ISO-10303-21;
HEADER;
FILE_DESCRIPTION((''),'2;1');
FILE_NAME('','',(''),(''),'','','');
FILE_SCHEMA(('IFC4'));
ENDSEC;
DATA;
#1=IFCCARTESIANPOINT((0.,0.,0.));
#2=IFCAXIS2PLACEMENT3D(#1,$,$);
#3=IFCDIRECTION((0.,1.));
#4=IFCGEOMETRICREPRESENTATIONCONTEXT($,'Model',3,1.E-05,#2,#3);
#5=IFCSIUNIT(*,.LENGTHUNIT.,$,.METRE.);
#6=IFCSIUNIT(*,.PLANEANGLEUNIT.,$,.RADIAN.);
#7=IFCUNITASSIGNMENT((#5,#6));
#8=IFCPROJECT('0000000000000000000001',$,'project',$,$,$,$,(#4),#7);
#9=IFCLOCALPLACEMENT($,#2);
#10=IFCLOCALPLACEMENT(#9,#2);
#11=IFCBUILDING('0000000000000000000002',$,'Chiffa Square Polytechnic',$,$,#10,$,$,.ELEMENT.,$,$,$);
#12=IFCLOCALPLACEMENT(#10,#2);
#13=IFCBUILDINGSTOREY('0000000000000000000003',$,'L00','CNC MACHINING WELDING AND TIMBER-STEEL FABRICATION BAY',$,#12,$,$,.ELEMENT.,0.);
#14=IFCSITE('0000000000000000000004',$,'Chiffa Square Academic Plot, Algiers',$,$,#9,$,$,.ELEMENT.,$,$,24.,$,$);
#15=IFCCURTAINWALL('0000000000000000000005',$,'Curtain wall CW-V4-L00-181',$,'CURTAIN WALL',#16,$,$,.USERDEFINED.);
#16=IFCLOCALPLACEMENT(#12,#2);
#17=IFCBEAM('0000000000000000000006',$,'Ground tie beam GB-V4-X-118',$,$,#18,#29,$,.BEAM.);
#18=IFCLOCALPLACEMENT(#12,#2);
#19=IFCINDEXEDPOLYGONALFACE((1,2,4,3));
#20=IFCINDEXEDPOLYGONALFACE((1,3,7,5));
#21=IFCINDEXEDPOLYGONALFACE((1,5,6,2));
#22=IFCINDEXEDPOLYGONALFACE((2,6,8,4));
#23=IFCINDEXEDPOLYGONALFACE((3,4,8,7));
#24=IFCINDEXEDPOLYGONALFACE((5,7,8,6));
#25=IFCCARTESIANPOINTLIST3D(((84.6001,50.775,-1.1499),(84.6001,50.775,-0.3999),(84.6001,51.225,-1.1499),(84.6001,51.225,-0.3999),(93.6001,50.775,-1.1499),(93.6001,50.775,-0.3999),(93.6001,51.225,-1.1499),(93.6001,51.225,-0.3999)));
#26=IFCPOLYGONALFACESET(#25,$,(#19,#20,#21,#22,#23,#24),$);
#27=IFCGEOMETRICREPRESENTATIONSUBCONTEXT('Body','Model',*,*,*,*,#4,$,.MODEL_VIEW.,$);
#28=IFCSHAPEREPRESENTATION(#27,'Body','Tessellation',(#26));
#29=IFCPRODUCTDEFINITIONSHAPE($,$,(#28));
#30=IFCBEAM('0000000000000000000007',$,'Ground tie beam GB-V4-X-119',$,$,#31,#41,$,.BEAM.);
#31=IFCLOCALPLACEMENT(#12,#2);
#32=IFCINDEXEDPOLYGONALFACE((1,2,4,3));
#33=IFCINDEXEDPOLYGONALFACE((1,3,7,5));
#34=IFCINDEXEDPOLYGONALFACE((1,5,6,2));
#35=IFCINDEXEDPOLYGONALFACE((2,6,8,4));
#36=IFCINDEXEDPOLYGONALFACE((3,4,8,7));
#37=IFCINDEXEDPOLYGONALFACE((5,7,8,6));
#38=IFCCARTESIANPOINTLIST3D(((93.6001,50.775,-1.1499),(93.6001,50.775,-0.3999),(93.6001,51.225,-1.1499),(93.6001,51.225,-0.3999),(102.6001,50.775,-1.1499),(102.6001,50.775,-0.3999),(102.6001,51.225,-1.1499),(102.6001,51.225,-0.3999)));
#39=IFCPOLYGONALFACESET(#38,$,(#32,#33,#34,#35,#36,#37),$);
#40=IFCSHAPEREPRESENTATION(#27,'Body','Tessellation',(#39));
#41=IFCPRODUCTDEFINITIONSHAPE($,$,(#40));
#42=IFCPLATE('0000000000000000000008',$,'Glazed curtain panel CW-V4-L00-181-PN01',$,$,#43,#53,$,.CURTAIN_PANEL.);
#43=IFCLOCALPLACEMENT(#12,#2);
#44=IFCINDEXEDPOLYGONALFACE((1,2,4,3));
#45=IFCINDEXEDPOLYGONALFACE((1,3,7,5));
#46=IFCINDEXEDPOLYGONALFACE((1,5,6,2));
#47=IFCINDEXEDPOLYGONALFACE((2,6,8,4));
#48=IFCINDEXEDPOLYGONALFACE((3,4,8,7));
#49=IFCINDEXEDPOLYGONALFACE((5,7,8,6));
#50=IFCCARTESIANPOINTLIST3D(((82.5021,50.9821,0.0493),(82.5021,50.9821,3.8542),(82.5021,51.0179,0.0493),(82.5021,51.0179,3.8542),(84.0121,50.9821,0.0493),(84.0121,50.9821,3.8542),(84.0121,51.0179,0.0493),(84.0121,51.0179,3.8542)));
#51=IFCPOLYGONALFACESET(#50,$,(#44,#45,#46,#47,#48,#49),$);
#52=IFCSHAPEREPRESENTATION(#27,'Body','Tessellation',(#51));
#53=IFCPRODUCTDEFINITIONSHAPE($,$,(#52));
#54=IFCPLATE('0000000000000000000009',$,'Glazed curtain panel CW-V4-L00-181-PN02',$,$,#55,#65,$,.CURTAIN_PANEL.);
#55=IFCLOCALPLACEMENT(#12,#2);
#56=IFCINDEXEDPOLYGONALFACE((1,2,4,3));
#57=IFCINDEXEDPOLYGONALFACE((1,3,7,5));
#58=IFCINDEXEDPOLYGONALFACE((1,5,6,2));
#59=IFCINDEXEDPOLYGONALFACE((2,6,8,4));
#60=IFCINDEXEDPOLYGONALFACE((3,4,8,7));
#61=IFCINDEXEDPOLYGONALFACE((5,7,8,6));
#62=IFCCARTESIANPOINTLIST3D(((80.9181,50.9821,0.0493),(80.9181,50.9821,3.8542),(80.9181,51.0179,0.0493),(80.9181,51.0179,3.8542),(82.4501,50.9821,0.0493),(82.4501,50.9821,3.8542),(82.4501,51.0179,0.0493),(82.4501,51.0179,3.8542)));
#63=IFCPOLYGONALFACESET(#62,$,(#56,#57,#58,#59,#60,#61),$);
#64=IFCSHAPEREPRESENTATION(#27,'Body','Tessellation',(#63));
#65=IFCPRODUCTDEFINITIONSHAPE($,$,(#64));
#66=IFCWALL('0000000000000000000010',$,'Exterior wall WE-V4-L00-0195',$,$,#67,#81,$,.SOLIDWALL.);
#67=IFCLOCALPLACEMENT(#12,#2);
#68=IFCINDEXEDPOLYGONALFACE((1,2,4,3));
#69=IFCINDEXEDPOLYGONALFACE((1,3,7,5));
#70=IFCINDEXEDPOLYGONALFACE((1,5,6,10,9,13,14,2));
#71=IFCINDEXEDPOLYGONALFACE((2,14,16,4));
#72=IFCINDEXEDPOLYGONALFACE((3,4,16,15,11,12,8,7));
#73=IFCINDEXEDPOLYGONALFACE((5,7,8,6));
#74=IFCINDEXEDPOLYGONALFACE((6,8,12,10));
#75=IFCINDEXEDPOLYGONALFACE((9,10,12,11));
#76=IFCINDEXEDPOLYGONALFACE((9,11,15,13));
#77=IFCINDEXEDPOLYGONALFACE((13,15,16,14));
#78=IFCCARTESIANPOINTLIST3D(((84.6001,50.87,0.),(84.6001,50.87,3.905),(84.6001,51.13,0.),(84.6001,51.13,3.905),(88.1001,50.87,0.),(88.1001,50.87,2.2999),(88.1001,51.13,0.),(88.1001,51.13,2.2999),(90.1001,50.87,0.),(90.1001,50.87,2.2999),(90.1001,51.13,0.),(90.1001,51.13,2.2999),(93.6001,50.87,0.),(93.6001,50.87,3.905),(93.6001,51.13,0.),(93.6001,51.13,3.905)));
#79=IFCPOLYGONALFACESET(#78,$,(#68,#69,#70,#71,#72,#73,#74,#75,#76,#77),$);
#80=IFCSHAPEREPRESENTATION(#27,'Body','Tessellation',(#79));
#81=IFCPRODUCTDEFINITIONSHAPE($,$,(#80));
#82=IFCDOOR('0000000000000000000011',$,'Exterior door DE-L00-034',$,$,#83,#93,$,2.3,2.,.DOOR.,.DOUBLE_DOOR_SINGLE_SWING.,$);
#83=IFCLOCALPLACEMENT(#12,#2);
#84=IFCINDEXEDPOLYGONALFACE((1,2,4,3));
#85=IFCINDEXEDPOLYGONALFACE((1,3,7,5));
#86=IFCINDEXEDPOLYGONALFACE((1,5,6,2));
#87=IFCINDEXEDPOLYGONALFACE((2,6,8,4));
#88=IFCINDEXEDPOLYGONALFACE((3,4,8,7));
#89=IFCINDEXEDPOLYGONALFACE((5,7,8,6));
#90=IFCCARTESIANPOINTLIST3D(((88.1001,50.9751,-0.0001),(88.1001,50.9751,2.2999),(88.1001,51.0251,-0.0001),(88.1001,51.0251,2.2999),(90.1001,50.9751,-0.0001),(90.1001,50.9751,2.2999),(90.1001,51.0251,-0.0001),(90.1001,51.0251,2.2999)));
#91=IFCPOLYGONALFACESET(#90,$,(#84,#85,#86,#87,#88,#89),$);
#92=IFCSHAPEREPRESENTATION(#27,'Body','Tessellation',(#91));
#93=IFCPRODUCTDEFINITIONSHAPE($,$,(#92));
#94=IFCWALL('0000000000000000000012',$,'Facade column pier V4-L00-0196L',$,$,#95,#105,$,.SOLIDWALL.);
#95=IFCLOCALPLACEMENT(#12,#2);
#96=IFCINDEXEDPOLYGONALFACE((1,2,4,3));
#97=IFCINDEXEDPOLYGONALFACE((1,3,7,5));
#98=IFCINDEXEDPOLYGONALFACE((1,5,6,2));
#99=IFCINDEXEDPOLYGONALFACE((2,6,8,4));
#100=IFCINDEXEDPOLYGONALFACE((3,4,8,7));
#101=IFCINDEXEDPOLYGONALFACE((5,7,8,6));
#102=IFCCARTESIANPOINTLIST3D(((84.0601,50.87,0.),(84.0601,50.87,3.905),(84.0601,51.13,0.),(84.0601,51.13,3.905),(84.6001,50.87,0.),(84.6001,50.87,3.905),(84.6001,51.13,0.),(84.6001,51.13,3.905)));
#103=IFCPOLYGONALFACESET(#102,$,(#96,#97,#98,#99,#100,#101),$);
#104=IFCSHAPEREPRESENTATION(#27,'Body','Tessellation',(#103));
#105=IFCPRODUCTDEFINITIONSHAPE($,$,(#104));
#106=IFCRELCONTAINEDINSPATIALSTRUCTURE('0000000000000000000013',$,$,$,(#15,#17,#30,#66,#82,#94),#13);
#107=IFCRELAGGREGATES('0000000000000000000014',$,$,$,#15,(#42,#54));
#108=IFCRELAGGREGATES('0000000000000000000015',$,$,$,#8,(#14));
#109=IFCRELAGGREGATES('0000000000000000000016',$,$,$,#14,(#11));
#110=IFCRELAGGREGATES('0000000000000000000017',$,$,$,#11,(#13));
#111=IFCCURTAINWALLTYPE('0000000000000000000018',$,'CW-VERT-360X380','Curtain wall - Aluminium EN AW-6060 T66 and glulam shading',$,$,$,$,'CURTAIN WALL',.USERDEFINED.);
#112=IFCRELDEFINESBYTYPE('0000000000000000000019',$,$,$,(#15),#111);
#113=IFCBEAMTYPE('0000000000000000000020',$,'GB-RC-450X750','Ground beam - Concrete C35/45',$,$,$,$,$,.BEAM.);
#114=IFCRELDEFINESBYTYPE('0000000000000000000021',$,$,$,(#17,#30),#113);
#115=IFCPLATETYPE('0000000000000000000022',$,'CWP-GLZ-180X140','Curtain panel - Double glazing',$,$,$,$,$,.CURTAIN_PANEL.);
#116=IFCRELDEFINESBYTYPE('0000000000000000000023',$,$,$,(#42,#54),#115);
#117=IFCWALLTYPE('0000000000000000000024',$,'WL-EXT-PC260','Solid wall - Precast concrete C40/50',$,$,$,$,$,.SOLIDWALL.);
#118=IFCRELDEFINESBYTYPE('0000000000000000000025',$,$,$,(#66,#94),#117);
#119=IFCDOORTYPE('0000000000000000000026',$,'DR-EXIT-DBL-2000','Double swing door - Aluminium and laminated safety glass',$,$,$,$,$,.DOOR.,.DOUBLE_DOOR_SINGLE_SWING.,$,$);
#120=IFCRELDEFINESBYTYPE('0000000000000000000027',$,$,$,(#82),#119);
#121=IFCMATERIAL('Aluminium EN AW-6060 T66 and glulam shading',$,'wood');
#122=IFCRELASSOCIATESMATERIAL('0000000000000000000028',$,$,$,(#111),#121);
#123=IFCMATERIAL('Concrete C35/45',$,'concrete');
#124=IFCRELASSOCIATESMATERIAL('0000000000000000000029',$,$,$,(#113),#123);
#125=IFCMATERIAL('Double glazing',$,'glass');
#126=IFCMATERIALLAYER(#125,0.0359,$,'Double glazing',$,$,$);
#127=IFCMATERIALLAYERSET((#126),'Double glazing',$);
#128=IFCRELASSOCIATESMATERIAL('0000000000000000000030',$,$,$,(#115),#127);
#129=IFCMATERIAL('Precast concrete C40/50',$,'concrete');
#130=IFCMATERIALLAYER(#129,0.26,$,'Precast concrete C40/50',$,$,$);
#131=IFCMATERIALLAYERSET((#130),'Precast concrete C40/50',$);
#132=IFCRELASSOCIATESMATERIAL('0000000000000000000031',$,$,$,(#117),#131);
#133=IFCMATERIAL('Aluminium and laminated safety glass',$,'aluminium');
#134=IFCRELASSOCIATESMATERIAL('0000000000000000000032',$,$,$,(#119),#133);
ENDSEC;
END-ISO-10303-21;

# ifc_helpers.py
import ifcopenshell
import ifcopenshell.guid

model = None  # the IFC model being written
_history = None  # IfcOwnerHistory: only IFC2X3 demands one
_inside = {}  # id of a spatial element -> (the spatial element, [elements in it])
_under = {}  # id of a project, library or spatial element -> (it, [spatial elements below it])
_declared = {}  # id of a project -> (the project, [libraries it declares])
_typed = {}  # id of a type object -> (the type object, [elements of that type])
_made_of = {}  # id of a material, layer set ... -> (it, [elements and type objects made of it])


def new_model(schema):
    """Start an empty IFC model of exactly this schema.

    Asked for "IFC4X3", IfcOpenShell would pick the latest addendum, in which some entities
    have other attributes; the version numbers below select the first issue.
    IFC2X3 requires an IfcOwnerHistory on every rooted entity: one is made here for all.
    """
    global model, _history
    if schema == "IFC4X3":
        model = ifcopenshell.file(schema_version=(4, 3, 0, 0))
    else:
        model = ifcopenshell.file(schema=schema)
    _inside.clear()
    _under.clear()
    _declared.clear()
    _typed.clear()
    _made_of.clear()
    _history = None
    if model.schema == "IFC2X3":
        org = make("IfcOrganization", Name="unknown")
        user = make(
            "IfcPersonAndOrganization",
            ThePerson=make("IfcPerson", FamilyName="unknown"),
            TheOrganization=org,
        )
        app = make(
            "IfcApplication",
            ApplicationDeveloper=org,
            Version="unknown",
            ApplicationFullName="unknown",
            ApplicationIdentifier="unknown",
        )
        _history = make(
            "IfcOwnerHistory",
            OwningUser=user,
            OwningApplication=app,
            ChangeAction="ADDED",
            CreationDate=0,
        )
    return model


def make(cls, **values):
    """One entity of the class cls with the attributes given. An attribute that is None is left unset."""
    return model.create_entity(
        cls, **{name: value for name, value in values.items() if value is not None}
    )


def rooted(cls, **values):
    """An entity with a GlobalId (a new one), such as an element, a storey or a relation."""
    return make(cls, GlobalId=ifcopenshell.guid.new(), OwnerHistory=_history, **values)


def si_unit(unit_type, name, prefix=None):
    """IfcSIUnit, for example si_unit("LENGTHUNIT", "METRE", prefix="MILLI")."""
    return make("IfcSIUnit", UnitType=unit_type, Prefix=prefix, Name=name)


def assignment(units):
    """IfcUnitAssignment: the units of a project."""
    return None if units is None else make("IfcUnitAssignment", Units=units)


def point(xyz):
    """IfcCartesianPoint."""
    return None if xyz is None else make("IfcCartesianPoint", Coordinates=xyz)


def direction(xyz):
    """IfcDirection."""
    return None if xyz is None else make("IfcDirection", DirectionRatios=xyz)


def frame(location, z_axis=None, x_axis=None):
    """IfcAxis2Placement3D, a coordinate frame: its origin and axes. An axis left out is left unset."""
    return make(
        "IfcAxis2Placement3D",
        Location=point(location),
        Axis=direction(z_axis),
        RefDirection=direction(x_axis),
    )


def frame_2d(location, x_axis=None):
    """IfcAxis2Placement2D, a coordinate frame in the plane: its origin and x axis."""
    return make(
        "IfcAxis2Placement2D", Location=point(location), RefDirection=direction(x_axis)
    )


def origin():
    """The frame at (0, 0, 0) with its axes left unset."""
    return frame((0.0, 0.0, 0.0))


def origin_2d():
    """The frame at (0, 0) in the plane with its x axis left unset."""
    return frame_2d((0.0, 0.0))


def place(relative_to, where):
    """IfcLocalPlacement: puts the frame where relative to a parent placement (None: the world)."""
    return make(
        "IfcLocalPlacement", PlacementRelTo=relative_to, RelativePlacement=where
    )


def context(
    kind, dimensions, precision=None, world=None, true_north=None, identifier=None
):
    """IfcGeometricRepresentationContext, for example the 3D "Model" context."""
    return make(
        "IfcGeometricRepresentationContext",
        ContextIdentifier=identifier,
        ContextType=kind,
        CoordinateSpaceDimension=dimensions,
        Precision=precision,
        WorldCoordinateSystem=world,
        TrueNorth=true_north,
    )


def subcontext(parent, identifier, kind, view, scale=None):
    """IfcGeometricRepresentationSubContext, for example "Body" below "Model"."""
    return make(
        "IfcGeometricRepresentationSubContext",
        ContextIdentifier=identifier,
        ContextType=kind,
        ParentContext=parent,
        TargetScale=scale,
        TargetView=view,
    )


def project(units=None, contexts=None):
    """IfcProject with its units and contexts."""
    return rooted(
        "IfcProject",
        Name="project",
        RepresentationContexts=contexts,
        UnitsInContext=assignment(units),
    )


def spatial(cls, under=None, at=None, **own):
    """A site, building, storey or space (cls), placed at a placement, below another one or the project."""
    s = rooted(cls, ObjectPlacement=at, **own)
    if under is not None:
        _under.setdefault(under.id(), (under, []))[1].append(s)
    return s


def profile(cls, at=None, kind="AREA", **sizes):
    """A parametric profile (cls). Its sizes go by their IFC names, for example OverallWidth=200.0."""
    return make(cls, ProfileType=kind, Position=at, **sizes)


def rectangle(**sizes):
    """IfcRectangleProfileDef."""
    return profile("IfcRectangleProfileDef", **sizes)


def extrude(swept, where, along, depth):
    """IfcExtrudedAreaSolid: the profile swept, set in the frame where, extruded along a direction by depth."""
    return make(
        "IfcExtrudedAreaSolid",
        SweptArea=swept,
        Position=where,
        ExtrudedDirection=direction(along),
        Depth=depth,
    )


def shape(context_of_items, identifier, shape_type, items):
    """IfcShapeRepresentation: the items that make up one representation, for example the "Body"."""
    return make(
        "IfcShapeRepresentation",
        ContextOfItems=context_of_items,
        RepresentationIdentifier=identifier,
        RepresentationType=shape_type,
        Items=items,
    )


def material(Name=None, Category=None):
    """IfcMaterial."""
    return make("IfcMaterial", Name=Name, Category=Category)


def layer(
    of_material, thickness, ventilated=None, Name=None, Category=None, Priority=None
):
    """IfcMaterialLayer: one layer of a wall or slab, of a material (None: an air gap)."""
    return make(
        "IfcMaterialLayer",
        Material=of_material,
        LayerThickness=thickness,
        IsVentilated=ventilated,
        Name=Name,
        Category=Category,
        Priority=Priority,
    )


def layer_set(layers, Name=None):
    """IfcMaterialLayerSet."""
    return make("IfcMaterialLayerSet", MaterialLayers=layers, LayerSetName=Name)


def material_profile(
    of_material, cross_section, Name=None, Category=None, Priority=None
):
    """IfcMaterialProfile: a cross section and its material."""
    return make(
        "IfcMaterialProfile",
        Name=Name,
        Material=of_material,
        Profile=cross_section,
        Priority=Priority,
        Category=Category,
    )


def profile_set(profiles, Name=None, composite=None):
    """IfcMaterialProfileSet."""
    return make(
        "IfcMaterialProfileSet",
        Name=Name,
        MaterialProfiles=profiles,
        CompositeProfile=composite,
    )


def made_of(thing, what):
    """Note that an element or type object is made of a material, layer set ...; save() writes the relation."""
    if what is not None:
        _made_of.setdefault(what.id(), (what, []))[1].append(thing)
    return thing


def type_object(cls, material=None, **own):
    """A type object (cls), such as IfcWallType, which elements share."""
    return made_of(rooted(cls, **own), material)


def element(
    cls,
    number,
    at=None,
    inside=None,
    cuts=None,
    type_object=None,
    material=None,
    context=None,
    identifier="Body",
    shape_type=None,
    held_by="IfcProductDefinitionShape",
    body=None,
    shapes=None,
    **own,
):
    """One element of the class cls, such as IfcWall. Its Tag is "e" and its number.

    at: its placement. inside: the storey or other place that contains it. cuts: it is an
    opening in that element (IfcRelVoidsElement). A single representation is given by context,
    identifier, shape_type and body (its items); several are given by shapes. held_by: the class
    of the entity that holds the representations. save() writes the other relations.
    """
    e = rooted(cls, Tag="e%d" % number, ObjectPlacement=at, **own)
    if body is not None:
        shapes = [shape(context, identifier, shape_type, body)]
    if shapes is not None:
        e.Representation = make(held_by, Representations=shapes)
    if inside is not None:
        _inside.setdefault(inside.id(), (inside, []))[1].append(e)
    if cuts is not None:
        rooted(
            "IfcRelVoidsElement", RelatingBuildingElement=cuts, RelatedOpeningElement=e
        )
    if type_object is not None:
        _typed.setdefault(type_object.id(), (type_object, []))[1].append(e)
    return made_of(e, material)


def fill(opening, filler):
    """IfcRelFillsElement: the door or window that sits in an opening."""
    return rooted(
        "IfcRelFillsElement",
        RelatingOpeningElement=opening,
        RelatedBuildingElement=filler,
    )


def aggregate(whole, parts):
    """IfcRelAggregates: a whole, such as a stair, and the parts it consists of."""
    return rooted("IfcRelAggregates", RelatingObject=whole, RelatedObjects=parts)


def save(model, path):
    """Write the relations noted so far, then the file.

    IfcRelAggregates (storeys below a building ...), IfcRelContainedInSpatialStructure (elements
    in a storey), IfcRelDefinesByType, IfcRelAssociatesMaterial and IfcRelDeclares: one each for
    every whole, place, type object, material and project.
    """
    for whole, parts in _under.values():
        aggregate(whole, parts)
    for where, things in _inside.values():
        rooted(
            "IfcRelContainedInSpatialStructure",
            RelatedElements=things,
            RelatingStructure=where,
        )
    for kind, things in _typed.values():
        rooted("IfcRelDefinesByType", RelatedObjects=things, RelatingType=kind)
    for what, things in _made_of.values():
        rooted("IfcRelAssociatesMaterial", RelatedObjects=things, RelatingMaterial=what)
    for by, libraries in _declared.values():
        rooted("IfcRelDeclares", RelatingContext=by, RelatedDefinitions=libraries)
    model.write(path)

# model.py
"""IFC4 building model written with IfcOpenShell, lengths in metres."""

from ifc_helpers import new_model, si_unit, direction, frame, frame_2d, origin, origin_2d, place, context, subcontext, project, spatial, rectangle, extrude, material, layer, layer_set, material_profile, profile_set, type_object, element, fill, aggregate, save


model = new_model("IFC4")

# Units and contexts
model_context = context("Model", 3, precision=1e-05, world=origin(), true_north=direction((0.0, 1.0)))
body_context = subcontext(model_context, "Body", "Model", "MODEL_VIEW")
ifc_project = project(units=[si_unit("LENGTHUNIT", "METRE"), si_unit("PLANEANGLEUNIT", "RADIAN")], contexts=[model_context])

# Site, building, storey
site_placement = place(None, origin())
site = spatial("IfcSite", under=ifc_project, at=site_placement, Name="Chiffa Square Academic Plot, Algiers", CompositionType="ELEMENT", RefElevation=24.0)
building_placement = place(site_placement, origin())
building = spatial("IfcBuilding", under=site, at=building_placement, Name="Chiffa Square Polytechnic", CompositionType="ELEMENT")
storey_placement = place(building_placement, origin())
storey = spatial("IfcBuildingStorey", under=building, at=storey_placement, Name="L00", Description="CNC MACHINING WELDING AND TIMBER-STEEL FABRICATION BAY", CompositionType="ELEMENT", Elevation=0.0)

# Shared definitions
ifc_material_1 = material(Name="Concrete C35/45", Category="concrete")

# Curtain wall
ifc_material_2 = material(Name="Aluminium EN AW-6060 T66 and glulam shading", Category="wood")
curtain_wall_type = type_object("IfcCurtainWallType", Name="CW-VERT-360X380", Description="Curtain wall - Aluminium EN AW-6060 T66 and glulam shading", ElementType="CURTAIN WALL", PredefinedType="USERDEFINED", material=ifc_material_2)
curtain_wall_placement = place(storey_placement, origin())
curtain_wall = element("IfcCurtainWall", 1, at=curtain_wall_placement, inside=storey, type_object=curtain_wall_type, Name="Curtain wall CW-V4-L00-181", ObjectType="CURTAIN WALL", PredefinedType="USERDEFINED")

# Beams
ifc_material_profile_1 = material_profile(ifc_material_1, rectangle(XDim=0.45, YDim=0.75, at=origin_2d()), Name="RC 450x750")
ifc_profile_set_1 = profile_set([ifc_material_profile_1], Name="Concrete C35/45")
beam_type = type_object("IfcBeamType", Name="GB-RC-450X750", Description="Ground beam - Concrete C35/45", PredefinedType="BEAM", material=ifc_profile_set_1)
for number, where, z_axis, x_axis, name in (
    (2, (84.6001, 51.0, -0.7749), (1.0, 0.0, 0.0), (0.0, 1.0, 0.0), "Ground tie beam GB-V4-X-118"),
    (3, (93.6001, 51.0, -0.7749), (1.0, 0.0, 0.0), (0.0, 1.0, 0.0), "Ground tie beam GB-V4-X-119"),
):
    element("IfcBeam", number, at=place(storey_placement, frame(where, z_axis=z_axis, x_axis=x_axis)), inside=storey, type_object=beam_type, Name=name, PredefinedType="BEAM", context=body_context, shape_type="SweptSolid", body=[
        extrude(rectangle(XDim=0.45, YDim=0.75, at=origin_2d()), origin(), (0.0, 0.0, 1.0), 9.0),
    ])

# Plates
ifc_material_3 = material(Name="Double glazing", Category="glass")
ifc_layer_1 = layer(ifc_material_3, 0.0359, Name="Double glazing")
ifc_layer_set_1 = layer_set([ifc_layer_1], Name="Double glazing")
plate_type = type_object("IfcPlateType", Name="CWP-GLZ-180X140", Description="Curtain panel - Double glazing", PredefinedType="CURTAIN_PANEL", material=ifc_layer_set_1)
plate_1_placement = place(storey_placement, frame((83.2571, 51.0, 0.0493), z_axis=(0.0, 0.0, 1.0), x_axis=(-1.0, 0.0, 0.0)))
plate_1 = element("IfcPlate", 4, at=plate_1_placement, type_object=plate_type, Name="Glazed curtain panel CW-V4-L00-181-PN01", PredefinedType="CURTAIN_PANEL", context=body_context, shape_type="SweptSolid", body=[
    extrude(rectangle(XDim=1.51, YDim=0.0359, at=origin_2d()), origin(), (0.0, 0.0, 1.0), 3.8049),
])
plate_2_placement = place(storey_placement, frame((81.6841, 51.0, 0.0493), z_axis=(0.0, 0.0, 1.0), x_axis=(-1.0, 0.0, 0.0)))
plate_2 = element("IfcPlate", 5, at=plate_2_placement, type_object=plate_type, Name="Glazed curtain panel CW-V4-L00-181-PN02", PredefinedType="CURTAIN_PANEL", context=body_context, shape_type="SweptSolid", body=[
    extrude(rectangle(XDim=1.532, YDim=0.0359, at=origin_2d()), origin(), (0.0, 0.0, 1.0), 3.8049),
])
aggregate(curtain_wall, [plate_1, plate_2])

# Wall, opening, door
ifc_material_4 = material(Name="Precast concrete C40/50", Category="concrete")
ifc_layer_2 = layer(ifc_material_4, 0.26, Name="Precast concrete C40/50")
ifc_layer_set_2 = layer_set([ifc_layer_2], Name="Precast concrete C40/50")
wall_type = type_object("IfcWallType", Name="WL-EXT-PC260", Description="Solid wall - Precast concrete C40/50", PredefinedType="SOLIDWALL", material=ifc_layer_set_2)
wall_1_placement = place(storey_placement, frame((93.6001, 51.0, 0.0), z_axis=(0.0, 0.0, 1.0), x_axis=(-1.0, 0.0, 0.0)))
wall_1 = element("IfcWall", 6, at=wall_1_placement, inside=storey, type_object=wall_type, Name="Exterior wall WE-V4-L00-0195", PredefinedType="SOLIDWALL", context=body_context, shape_type="SweptSolid", body=[
    extrude(rectangle(XDim=9.0, YDim=0.26, at=frame_2d((4.5, 0.0))), origin(), (0.0, 0.0, 1.0), 3.905),
])
opening_placement = place(wall_1_placement, frame((3.5, 0.0, 0.0)))
opening = element("IfcOpeningElement", 7, at=opening_placement, cuts=wall_1, PredefinedType="OPENING", context=body_context, shape_type="SweptSolid", body=[
    extrude(rectangle(XDim=2.0, YDim=2.3, at=frame_2d((1.0, 1.1499))), frame((0.0, 0.1401, 0.0), z_axis=(0.0, -1.0, 0.0), x_axis=(1.0, 0.0, 0.0)), (0.0, 0.0, 1.0), 0.28),
])
ifc_material_5 = material(Name="Aluminium and laminated safety glass", Category="aluminium")
door_type = type_object("IfcDoorType", Name="DR-EXIT-DBL-2000", Description="Double swing door - Aluminium and laminated safety glass", OperationType="DOUBLE_DOOR_SINGLE_SWING", PredefinedType="DOOR", material=ifc_material_5)
door_placement = place(opening_placement, origin())
door = element("IfcDoor", 8, at=door_placement, inside=storey, type_object=door_type, Name="Exterior door DE-L00-034", OperationType="DOUBLE_DOOR_SINGLE_SWING", OverallHeight=2.3, OverallWidth=2.0, PredefinedType="DOOR", context=body_context, shape_type="SweptSolid", body=[
    extrude(rectangle(XDim=2.0, YDim=2.3, at=frame_2d((1.0, 1.1499))), frame((0.0, 0.0249, 0.0), z_axis=(0.0, -1.0, 0.0), x_axis=(1.0, 0.0, 0.0)), (0.0, 0.0, 1.0), 0.05),
])
fill(opening, door)

# Wall
wall_2_placement = place(storey_placement, frame((84.6001, 51.0, 0.0), z_axis=(0.0, 0.0, 1.0), x_axis=(-1.0, 0.0, 0.0)))
element("IfcWall", 9, at=wall_2_placement, inside=storey, type_object=wall_type, Name="Facade column pier V4-L00-0196L", PredefinedType="SOLIDWALL", context=body_context, shape_type="SweptSolid", body=[
    extrude(rectangle(XDim=0.54, YDim=0.26, at=frame_2d((0.27, 0.0))), origin(), (0.0, 0.0, 1.0), 3.905),
])

save(model, "model.ifc")
